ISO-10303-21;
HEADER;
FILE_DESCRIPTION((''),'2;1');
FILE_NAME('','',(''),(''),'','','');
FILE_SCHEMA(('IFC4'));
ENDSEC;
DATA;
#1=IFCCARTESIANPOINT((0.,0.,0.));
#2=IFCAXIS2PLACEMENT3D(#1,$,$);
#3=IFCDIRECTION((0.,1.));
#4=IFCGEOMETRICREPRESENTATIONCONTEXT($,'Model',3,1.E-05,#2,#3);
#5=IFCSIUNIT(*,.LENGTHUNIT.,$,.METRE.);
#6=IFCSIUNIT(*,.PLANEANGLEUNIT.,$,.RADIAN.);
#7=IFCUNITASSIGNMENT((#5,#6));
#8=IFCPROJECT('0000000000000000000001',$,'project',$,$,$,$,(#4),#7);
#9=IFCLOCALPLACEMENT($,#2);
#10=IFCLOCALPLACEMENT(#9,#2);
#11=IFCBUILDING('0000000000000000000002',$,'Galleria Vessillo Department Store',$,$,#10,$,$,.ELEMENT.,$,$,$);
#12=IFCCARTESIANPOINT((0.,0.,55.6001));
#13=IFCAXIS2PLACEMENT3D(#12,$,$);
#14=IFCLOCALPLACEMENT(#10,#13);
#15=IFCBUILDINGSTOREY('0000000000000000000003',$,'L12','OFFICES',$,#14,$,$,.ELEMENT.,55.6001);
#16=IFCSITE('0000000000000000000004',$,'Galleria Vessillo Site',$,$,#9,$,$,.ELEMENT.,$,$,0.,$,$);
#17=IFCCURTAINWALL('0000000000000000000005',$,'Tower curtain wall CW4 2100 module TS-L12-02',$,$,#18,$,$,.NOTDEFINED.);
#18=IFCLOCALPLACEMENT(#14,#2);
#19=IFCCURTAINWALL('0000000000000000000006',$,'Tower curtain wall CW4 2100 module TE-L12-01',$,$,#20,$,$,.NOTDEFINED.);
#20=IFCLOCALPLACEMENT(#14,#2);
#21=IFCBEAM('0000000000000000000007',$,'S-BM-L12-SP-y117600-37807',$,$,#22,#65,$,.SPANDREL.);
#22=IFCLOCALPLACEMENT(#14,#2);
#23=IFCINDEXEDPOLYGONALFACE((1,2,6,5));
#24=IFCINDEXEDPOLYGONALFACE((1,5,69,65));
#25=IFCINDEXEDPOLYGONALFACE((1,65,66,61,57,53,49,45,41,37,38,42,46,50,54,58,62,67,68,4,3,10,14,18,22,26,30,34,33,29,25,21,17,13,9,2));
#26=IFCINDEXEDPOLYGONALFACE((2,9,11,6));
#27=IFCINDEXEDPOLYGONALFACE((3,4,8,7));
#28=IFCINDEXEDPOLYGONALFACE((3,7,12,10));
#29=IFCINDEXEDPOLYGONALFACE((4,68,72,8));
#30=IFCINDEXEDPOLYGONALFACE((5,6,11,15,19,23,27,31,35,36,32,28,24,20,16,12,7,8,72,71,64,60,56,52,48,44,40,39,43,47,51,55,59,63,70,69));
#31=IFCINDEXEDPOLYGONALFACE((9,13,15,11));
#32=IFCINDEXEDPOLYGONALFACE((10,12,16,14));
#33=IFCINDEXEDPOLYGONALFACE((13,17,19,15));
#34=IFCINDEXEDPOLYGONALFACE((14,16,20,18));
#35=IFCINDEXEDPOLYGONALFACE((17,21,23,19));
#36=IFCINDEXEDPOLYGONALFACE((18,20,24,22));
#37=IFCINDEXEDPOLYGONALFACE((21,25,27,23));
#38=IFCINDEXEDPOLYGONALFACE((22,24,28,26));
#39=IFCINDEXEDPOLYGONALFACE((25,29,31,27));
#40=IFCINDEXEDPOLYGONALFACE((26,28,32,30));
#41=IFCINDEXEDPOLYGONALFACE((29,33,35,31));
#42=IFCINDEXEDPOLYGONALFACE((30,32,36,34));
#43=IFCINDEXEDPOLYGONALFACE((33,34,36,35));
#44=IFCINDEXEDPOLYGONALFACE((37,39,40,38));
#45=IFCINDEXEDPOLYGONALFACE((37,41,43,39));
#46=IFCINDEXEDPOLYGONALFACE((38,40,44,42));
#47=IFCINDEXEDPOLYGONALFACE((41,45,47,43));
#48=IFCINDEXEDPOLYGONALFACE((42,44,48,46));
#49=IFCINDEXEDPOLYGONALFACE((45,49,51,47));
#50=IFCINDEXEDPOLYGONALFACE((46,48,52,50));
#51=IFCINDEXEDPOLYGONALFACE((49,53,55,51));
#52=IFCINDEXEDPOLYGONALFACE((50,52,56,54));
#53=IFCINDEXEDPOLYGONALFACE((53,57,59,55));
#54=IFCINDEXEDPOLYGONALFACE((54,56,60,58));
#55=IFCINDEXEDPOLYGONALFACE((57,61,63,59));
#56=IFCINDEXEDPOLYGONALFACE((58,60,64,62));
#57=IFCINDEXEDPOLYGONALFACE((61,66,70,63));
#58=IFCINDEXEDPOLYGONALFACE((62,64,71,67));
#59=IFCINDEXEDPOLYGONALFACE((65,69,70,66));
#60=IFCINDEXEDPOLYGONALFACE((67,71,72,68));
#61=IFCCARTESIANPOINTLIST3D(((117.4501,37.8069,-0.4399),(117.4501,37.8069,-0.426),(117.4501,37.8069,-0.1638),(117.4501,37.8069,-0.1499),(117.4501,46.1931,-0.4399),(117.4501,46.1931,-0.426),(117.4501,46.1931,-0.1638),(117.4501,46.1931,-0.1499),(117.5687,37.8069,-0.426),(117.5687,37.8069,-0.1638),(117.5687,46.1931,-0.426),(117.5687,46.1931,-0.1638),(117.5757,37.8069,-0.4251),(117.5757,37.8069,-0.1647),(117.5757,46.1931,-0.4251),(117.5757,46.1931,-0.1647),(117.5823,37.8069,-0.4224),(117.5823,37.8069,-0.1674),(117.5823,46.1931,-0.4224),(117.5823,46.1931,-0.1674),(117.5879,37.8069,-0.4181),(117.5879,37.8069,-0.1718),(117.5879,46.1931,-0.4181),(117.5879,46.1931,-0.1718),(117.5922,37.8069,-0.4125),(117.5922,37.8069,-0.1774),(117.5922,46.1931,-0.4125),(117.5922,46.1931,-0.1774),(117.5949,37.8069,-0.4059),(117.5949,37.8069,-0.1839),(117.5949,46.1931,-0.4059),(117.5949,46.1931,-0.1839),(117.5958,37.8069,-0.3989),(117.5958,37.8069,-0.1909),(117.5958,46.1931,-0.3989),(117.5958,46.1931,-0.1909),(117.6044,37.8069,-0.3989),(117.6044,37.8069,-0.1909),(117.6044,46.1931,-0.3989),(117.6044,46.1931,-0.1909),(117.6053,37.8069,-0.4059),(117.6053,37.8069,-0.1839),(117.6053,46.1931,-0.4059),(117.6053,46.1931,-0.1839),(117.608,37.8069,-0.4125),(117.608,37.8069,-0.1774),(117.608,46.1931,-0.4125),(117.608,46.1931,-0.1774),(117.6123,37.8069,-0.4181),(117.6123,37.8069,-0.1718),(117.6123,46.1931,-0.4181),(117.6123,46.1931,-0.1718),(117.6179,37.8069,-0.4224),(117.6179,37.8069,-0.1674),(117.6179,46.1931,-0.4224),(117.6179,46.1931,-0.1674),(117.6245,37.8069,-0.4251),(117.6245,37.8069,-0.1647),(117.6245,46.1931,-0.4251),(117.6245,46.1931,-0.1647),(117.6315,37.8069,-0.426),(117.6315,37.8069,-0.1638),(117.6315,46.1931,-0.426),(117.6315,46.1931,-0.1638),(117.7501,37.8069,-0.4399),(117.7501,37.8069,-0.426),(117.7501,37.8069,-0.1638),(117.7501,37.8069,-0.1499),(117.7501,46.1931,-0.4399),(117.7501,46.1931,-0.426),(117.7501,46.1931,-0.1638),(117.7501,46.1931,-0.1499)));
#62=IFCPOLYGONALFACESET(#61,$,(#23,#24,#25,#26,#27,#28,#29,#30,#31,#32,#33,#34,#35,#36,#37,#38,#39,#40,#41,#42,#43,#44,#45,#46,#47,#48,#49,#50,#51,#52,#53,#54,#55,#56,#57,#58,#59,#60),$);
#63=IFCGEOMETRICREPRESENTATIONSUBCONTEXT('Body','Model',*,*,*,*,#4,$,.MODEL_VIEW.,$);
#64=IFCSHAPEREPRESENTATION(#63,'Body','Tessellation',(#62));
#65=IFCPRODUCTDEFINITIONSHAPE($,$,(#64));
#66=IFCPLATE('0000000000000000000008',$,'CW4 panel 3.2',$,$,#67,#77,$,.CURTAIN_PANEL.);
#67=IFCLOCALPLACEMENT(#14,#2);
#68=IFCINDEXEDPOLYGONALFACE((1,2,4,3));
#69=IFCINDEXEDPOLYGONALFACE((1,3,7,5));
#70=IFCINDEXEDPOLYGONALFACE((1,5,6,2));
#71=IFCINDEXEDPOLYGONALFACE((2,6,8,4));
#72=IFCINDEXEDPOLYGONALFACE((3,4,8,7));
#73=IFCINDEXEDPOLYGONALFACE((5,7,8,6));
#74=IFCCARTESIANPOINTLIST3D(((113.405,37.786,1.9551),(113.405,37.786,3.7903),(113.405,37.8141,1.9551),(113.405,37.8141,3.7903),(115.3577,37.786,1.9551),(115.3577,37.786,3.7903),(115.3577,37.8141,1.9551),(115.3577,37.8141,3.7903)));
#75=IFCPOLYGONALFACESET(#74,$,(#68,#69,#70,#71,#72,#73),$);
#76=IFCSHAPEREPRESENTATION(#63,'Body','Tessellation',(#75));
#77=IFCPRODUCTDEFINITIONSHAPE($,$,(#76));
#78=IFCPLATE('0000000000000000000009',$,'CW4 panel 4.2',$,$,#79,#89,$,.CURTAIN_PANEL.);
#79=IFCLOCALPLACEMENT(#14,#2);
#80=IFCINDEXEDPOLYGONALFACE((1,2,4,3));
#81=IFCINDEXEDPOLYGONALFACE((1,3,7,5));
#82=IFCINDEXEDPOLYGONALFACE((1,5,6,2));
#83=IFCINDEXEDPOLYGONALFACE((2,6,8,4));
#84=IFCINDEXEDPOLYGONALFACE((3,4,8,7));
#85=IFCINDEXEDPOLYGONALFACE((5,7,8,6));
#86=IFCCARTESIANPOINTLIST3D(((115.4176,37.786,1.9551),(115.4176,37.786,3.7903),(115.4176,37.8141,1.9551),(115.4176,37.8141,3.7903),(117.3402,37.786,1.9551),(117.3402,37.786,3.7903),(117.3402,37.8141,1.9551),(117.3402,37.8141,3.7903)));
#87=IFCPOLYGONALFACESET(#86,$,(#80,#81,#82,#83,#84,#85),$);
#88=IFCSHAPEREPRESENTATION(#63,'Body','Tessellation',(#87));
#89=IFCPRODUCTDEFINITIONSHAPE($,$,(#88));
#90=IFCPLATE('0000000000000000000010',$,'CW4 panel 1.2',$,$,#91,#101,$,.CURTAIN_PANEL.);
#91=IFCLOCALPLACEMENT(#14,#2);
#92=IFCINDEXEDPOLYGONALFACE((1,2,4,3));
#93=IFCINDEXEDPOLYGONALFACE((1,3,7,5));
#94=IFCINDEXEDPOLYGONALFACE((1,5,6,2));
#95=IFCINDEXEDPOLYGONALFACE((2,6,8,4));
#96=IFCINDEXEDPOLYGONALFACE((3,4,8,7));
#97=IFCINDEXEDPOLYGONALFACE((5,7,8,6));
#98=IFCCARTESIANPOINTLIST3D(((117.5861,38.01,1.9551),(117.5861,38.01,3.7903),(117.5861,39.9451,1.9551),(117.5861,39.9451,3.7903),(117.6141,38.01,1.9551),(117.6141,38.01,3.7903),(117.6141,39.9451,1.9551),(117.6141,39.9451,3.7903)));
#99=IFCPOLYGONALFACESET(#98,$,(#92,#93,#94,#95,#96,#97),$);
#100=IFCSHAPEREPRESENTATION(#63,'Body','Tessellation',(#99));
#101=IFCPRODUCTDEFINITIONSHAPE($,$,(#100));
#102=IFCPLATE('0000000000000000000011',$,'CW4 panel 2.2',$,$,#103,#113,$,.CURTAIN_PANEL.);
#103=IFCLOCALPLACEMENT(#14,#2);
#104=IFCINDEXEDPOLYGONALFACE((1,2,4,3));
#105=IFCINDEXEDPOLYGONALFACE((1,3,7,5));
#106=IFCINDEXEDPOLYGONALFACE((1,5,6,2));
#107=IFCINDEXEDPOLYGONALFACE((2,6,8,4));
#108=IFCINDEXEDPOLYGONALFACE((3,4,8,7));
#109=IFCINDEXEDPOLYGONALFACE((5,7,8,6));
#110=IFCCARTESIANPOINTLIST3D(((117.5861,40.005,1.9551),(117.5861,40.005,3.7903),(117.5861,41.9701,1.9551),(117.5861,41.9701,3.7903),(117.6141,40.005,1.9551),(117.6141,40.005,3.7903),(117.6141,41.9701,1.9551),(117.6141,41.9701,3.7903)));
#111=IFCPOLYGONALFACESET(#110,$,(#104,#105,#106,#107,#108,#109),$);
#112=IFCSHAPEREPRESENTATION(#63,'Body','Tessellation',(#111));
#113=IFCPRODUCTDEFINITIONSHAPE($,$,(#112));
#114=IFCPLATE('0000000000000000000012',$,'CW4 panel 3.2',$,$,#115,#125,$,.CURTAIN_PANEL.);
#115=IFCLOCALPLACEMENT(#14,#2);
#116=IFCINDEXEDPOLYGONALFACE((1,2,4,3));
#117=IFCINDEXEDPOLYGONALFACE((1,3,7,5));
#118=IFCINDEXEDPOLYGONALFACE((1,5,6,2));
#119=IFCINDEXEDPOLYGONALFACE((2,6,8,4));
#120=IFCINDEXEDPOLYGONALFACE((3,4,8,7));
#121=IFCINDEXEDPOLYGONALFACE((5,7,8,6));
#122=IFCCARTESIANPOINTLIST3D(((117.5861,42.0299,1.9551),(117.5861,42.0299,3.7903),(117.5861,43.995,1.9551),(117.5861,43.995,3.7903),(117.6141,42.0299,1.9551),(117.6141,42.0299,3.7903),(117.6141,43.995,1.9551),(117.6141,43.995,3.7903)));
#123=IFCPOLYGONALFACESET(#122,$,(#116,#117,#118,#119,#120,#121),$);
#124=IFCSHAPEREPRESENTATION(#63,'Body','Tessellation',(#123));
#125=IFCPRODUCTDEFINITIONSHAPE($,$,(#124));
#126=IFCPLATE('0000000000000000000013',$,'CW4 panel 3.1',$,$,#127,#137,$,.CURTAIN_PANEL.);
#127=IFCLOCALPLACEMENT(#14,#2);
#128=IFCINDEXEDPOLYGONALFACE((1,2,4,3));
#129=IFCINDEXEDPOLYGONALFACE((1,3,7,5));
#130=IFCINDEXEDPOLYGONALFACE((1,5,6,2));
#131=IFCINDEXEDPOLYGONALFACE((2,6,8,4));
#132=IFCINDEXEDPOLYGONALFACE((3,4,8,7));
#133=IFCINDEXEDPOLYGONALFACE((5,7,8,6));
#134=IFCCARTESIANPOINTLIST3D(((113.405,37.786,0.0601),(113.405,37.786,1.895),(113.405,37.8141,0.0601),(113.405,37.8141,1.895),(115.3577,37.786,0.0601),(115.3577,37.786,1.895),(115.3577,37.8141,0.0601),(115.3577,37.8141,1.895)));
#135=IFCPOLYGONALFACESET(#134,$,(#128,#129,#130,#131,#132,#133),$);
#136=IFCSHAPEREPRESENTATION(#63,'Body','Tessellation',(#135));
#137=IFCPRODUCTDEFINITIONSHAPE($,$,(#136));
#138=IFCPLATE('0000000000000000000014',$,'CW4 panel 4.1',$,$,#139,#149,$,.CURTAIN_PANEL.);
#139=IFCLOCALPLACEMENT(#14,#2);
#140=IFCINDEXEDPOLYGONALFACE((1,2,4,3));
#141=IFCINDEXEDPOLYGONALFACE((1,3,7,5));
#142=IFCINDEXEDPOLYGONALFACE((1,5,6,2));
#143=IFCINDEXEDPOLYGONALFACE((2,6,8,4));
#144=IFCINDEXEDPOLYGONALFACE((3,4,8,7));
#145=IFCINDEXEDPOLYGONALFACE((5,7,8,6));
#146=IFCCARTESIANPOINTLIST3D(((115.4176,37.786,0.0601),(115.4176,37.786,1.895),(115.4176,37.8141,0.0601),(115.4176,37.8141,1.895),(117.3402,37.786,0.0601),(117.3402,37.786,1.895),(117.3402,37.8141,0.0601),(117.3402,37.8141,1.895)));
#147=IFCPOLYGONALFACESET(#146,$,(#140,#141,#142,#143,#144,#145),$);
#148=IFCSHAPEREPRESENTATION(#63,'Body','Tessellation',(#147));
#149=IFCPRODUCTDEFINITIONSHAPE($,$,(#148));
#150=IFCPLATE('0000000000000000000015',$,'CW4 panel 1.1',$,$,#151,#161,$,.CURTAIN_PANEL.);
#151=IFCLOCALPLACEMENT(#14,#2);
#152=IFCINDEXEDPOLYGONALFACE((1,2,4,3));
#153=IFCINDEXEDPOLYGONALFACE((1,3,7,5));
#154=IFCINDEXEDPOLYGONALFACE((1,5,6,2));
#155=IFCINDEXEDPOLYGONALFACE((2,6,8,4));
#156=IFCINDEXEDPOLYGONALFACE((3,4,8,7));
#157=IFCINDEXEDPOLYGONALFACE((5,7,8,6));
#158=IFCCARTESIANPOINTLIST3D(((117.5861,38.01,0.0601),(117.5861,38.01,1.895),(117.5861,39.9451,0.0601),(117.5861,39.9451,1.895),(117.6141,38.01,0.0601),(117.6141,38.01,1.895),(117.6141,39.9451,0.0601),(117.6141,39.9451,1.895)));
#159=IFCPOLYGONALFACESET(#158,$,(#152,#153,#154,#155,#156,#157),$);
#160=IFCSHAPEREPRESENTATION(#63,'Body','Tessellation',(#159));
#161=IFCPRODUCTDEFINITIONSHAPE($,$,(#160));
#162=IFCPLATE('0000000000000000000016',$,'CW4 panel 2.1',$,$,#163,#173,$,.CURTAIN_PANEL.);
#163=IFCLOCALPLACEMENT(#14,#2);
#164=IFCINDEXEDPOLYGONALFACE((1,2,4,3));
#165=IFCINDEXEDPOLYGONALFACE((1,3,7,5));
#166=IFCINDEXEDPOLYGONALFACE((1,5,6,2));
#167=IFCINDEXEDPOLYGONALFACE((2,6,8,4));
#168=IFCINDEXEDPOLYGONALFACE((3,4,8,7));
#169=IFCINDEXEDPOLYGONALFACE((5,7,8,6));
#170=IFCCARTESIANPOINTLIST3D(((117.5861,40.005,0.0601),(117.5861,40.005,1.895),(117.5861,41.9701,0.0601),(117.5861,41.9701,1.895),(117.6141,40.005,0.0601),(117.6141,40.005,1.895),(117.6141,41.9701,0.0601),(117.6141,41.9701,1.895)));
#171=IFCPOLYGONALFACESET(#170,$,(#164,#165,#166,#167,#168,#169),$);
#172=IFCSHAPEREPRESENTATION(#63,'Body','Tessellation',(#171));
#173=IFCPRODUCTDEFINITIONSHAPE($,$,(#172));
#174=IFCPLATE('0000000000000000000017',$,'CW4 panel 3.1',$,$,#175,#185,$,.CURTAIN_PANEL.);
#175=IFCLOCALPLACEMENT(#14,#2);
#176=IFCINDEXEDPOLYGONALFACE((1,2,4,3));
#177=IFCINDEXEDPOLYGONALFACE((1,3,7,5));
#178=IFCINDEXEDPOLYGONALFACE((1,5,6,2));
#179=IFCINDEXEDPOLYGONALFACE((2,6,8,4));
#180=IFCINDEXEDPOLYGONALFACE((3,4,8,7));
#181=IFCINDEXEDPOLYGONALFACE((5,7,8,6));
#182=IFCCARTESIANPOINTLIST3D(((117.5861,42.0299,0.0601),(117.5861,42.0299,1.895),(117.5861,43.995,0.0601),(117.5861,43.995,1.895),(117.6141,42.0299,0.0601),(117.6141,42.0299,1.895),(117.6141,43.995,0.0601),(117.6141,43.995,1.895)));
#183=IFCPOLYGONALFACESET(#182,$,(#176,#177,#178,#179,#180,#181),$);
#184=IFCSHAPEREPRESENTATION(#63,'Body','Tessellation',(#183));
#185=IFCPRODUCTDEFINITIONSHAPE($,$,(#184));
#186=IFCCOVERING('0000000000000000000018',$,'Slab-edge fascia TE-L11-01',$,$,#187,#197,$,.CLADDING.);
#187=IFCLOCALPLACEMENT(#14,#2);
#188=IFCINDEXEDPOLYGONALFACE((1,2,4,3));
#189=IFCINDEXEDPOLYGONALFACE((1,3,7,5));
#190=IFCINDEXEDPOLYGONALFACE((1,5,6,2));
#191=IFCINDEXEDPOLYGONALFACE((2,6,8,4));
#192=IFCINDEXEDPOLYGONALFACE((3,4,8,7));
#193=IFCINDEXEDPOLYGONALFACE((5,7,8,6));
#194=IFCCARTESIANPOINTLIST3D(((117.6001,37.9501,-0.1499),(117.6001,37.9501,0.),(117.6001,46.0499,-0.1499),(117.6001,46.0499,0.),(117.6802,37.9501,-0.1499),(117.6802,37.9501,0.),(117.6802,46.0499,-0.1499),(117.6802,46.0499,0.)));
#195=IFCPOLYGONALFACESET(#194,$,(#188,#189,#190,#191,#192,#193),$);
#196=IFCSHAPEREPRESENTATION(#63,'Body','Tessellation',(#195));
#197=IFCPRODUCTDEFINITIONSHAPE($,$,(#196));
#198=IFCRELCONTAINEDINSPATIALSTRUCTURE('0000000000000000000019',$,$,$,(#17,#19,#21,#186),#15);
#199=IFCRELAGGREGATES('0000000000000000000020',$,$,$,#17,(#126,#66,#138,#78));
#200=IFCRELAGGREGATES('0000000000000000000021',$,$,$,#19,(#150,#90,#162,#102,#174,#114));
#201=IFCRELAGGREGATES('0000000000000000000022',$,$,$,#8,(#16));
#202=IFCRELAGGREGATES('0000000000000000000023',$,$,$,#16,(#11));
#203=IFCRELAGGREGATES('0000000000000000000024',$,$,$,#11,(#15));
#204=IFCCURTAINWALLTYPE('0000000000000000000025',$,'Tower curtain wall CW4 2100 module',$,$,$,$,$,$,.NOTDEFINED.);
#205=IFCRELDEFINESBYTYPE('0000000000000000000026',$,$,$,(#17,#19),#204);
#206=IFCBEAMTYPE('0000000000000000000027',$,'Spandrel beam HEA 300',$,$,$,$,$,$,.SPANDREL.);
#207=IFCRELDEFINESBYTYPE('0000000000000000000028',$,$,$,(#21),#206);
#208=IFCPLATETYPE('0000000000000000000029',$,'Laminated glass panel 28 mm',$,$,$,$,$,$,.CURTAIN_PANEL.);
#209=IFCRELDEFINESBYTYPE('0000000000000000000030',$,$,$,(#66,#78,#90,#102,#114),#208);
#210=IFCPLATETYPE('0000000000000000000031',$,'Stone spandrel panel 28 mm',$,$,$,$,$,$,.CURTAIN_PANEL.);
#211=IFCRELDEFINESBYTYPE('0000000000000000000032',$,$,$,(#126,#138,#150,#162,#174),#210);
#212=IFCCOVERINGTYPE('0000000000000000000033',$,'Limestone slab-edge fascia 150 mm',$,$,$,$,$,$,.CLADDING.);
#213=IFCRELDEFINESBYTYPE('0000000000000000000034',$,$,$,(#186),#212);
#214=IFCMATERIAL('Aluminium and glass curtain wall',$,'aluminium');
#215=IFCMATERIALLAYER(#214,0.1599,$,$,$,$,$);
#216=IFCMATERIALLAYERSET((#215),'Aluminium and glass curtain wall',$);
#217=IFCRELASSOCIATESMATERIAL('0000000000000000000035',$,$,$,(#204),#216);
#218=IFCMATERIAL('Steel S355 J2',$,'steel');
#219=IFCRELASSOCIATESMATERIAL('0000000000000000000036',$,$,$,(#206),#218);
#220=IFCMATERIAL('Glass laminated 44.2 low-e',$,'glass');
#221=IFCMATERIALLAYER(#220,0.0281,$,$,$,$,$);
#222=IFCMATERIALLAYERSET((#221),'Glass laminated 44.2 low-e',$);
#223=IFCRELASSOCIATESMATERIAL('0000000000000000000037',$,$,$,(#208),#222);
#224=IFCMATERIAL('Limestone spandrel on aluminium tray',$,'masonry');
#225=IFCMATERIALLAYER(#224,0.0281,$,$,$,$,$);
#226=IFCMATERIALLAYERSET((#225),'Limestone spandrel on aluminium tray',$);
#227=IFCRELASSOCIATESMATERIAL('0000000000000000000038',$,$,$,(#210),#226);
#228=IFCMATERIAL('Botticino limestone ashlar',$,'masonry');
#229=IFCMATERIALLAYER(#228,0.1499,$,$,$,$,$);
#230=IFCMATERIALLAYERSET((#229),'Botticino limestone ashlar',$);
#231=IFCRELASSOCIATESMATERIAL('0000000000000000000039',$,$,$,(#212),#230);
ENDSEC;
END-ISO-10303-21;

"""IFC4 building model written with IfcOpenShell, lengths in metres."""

from ifc_helpers import new_model, si_unit, direction, frame, origin, origin_2d, place, context, subcontext, project, spatial, rectangle, i_section, extrude, material, layer, layer_set, material_profile, profile_set, type_object, element, aggregate, save


model = new_model("IFC4")

# Units and contexts
model_context = context("Model", 3, precision=1e-05, world=origin(), true_north=direction((0.0, 1.0)))
body_context = subcontext(model_context, "Body", "Model", "MODEL_VIEW")
ifc_project = project(units=[si_unit("LENGTHUNIT", "METRE"), si_unit("PLANEANGLEUNIT", "RADIAN")], contexts=[model_context])

# Site, building, storey
site_placement = place(None, origin())
site = spatial("IfcSite", under=ifc_project, at=site_placement, Name="Galleria Vessillo Site", CompositionType="ELEMENT", RefElevation=0.0)
building_placement = place(site_placement, origin())
building = spatial("IfcBuilding", under=site, at=building_placement, Name="Galleria Vessillo Department Store", CompositionType="ELEMENT")
storey_placement = place(building_placement, frame((0.0, 0.0, 55.6001)))
storey = spatial("IfcBuildingStorey", under=building, at=storey_placement, Name="L12", Description="OFFICES", CompositionType="ELEMENT", Elevation=55.6001)

# Curtain walls
ifc_material_1 = material(Name="Aluminium and glass curtain wall", Category="aluminium")
ifc_layer_1 = layer(ifc_material_1, 0.1599)
ifc_layer_set_1 = layer_set([ifc_layer_1], Name="Aluminium and glass curtain wall")
curtain_wall_type = type_object("IfcCurtainWallType", Name="Tower curtain wall CW4 2100 module", PredefinedType="NOTDEFINED", material=ifc_layer_set_1)
curtain_wall_1_placement = place(storey_placement, origin())
curtain_wall_1 = element("IfcCurtainWall", 1, at=curtain_wall_1_placement, inside=storey, type_object=curtain_wall_type, Name="Tower curtain wall CW4 2100 module TS-L12-02", PredefinedType="NOTDEFINED")
curtain_wall_2_placement = place(storey_placement, origin())
curtain_wall_2 = element("IfcCurtainWall", 2, at=curtain_wall_2_placement, inside=storey, type_object=curtain_wall_type, Name="Tower curtain wall CW4 2100 module TE-L12-01", PredefinedType="NOTDEFINED")

# Beam
ifc_material_2 = material(Name="Steel S355 J2", Category="steel")
ifc_material_profile_1 = material_profile(ifc_material_2, i_section(OverallWidth=0.3, OverallDepth=0.29, WebThickness=0.0085, FlangeThickness=0.0139, FilletRadius=0.0271, at=origin_2d()), Name="HEA 300")
ifc_profile_set_1 = profile_set([ifc_material_profile_1], Name="Steel S355 J2")
beam_type_1 = type_object("IfcBeamType", Name="Spandrel beam HEA 300", PredefinedType="SPANDREL", material=ifc_profile_set_1)
beam_1_placement = place(storey_placement, frame((117.6001, 37.8069, -0.2949), z_axis=(0.0, 1.0, 0.0), x_axis=(-1.0, 0.0, 0.0)))
element("IfcBeam", 3, at=beam_1_placement, inside=storey, type_object=beam_type_1, Name="S-BM-L12-SP-y117600-37807", PredefinedType="SPANDREL", context=body_context, shape_type="SweptSolid", body=[
    extrude(i_section(OverallWidth=0.3, OverallDepth=0.29, WebThickness=0.0085, FlangeThickness=0.0139, FilletRadius=0.0271, at=origin_2d()), origin(), (0.0, 0.0, 1.0), 8.3862),
])

# Plates
ifc_material_3 = material(Name="Glass laminated 44.2 low-e", Category="glass")
ifc_layer_2 = layer(ifc_material_3, 0.0281)
ifc_layer_set_2 = layer_set([ifc_layer_2], Name="Glass laminated 44.2 low-e")
plate_type_1 = type_object("IfcPlateType", Name="Laminated glass panel 28 mm", PredefinedType="CURTAIN_PANEL", material=ifc_layer_set_2)
plate_1_placement = place(storey_placement, frame((114.3813, 37.8, 1.9551), z_axis=(0.0, 0.0, 1.0), x_axis=(1.0, 0.0, 0.0)))
plate_1 = element("IfcPlate", 4, at=plate_1_placement, type_object=plate_type_1, Name="CW4 panel 3.2", PredefinedType="CURTAIN_PANEL", context=body_context, shape_type="SweptSolid", body=[
    extrude(rectangle(XDim=1.9526, YDim=0.0281, at=origin_2d()), origin(), (0.0, 0.0, 1.0), 1.8352),
])
plate_2_placement = place(storey_placement, frame((116.3789, 37.8, 1.9551), z_axis=(0.0, 0.0, 1.0), x_axis=(1.0, 0.0, 0.0)))
plate_2 = element("IfcPlate", 5, at=plate_2_placement, type_object=plate_type_1, Name="CW4 panel 4.2", PredefinedType="CURTAIN_PANEL", context=body_context, shape_type="SweptSolid", body=[
    extrude(rectangle(XDim=1.9226, YDim=0.0281, at=origin_2d()), origin(), (0.0, 0.0, 1.0), 1.8352),
])
plate_3_placement = place(storey_placement, frame((117.6001, 38.9775, 1.9551), z_axis=(0.0, 0.0, 1.0), x_axis=(0.0, 1.0, 0.0)))
plate_3 = element("IfcPlate", 6, at=plate_3_placement, type_object=plate_type_1, Name="CW4 panel 1.2", PredefinedType="CURTAIN_PANEL", context=body_context, shape_type="SweptSolid", body=[
    extrude(rectangle(XDim=1.9351, YDim=0.0281, at=origin_2d()), origin(), (0.0, 0.0, 1.0), 1.8352),
])
plate_4_placement = place(storey_placement, frame((117.6001, 40.9875, 1.9551), z_axis=(0.0, 0.0, 1.0), x_axis=(0.0, 1.0, 0.0)))
plate_4 = element("IfcPlate", 7, at=plate_4_placement, type_object=plate_type_1, Name="CW4 panel 2.2", PredefinedType="CURTAIN_PANEL", context=body_context, shape_type="SweptSolid", body=[
    extrude(rectangle(XDim=1.9651, YDim=0.0281, at=origin_2d()), origin(), (0.0, 0.0, 1.0), 1.8352),
])
plate_5_placement = place(storey_placement, frame((117.6001, 43.0125, 1.9551), z_axis=(0.0, 0.0, 1.0), x_axis=(0.0, 1.0, 0.0)))
plate_5 = element("IfcPlate", 8, at=plate_5_placement, type_object=plate_type_1, Name="CW4 panel 3.2", PredefinedType="CURTAIN_PANEL", context=body_context, shape_type="SweptSolid", body=[
    extrude(rectangle(XDim=1.9651, YDim=0.0281, at=origin_2d()), origin(), (0.0, 0.0, 1.0), 1.8352),
])
ifc_material_4 = material(Name="Limestone spandrel on aluminium tray", Category="masonry")
ifc_layer_3 = layer(ifc_material_4, 0.0281)
ifc_layer_set_3 = layer_set([ifc_layer_3], Name="Limestone spandrel on aluminium tray")
plate_type_2 = type_object("IfcPlateType", Name="Stone spandrel panel 28 mm", PredefinedType="CURTAIN_PANEL", material=ifc_layer_set_3)
plate_6_placement = place(storey_placement, frame((114.3813, 37.8, 0.0601), z_axis=(0.0, 0.0, 1.0), x_axis=(1.0, 0.0, 0.0)))
plate_6 = element("IfcPlate", 9, at=plate_6_placement, type_object=plate_type_2, Name="CW4 panel 3.1", PredefinedType="CURTAIN_PANEL", context=body_context, shape_type="SweptSolid", body=[
    extrude(rectangle(XDim=1.9526, YDim=0.0281, at=origin_2d()), origin(), (0.0, 0.0, 1.0), 1.835),
])
plate_7_placement = place(storey_placement, frame((116.3789, 37.8, 0.0601), z_axis=(0.0, 0.0, 1.0), x_axis=(1.0, 0.0, 0.0)))
plate_7 = element("IfcPlate", 10, at=plate_7_placement, type_object=plate_type_2, Name="CW4 panel 4.1", PredefinedType="CURTAIN_PANEL", context=body_context, shape_type="SweptSolid", body=[
    extrude(rectangle(XDim=1.9226, YDim=0.0281, at=origin_2d()), origin(), (0.0, 0.0, 1.0), 1.835),
])
aggregate(curtain_wall_1, [plate_6, plate_1, plate_7, plate_2])
plate_8_placement = place(storey_placement, frame((117.6001, 38.9775, 0.0601), z_axis=(0.0, 0.0, 1.0), x_axis=(0.0, 1.0, 0.0)))
plate_8 = element("IfcPlate", 11, at=plate_8_placement, type_object=plate_type_2, Name="CW4 panel 1.1", PredefinedType="CURTAIN_PANEL", context=body_context, shape_type="SweptSolid", body=[
    extrude(rectangle(XDim=1.9351, YDim=0.0281, at=origin_2d()), origin(), (0.0, 0.0, 1.0), 1.835),
])
plate_9_placement = place(storey_placement, frame((117.6001, 40.9875, 0.0601), z_axis=(0.0, 0.0, 1.0), x_axis=(0.0, 1.0, 0.0)))
plate_9 = element("IfcPlate", 12, at=plate_9_placement, type_object=plate_type_2, Name="CW4 panel 2.1", PredefinedType="CURTAIN_PANEL", context=body_context, shape_type="SweptSolid", body=[
    extrude(rectangle(XDim=1.9651, YDim=0.0281, at=origin_2d()), origin(), (0.0, 0.0, 1.0), 1.835),
])
plate_10_placement = place(storey_placement, frame((117.6001, 43.0125, 0.0601), z_axis=(0.0, 0.0, 1.0), x_axis=(0.0, 1.0, 0.0)))
plate_10 = element("IfcPlate", 13, at=plate_10_placement, type_object=plate_type_2, Name="CW4 panel 3.1", PredefinedType="CURTAIN_PANEL", context=body_context, shape_type="SweptSolid", body=[
    extrude(rectangle(XDim=1.9651, YDim=0.0281, at=origin_2d()), origin(), (0.0, 0.0, 1.0), 1.835),
])
aggregate(curtain_wall_2, [plate_8, plate_3, plate_9, plate_4, plate_10, plate_5])

# Covering
ifc_material_5 = material(Name="Botticino limestone ashlar", Category="masonry")
ifc_layer_4 = layer(ifc_material_5, 0.1499)
ifc_layer_set_4 = layer_set([ifc_layer_4], Name="Botticino limestone ashlar")
covering_type_1 = type_object("IfcCoveringType", Name="Limestone slab-edge fascia 150 mm", PredefinedType="CLADDING", material=ifc_layer_set_4)
covering_1_placement = place(storey_placement, frame((117.6401, 42.0, -0.1499), z_axis=(0.0, 0.0, 1.0), x_axis=(1.0, 0.0, 0.0)))
element("IfcCovering", 14, at=covering_1_placement, inside=storey, type_object=covering_type_1, Name="Slab-edge fascia TE-L11-01", PredefinedType="CLADDING", context=body_context, shape_type="SweptSolid", body=[
    extrude(rectangle(XDim=0.0801, YDim=8.0999, at=origin_2d()), origin(), (0.0, 0.0, 1.0), 0.1499),
])

save(model, "model.ifc")
